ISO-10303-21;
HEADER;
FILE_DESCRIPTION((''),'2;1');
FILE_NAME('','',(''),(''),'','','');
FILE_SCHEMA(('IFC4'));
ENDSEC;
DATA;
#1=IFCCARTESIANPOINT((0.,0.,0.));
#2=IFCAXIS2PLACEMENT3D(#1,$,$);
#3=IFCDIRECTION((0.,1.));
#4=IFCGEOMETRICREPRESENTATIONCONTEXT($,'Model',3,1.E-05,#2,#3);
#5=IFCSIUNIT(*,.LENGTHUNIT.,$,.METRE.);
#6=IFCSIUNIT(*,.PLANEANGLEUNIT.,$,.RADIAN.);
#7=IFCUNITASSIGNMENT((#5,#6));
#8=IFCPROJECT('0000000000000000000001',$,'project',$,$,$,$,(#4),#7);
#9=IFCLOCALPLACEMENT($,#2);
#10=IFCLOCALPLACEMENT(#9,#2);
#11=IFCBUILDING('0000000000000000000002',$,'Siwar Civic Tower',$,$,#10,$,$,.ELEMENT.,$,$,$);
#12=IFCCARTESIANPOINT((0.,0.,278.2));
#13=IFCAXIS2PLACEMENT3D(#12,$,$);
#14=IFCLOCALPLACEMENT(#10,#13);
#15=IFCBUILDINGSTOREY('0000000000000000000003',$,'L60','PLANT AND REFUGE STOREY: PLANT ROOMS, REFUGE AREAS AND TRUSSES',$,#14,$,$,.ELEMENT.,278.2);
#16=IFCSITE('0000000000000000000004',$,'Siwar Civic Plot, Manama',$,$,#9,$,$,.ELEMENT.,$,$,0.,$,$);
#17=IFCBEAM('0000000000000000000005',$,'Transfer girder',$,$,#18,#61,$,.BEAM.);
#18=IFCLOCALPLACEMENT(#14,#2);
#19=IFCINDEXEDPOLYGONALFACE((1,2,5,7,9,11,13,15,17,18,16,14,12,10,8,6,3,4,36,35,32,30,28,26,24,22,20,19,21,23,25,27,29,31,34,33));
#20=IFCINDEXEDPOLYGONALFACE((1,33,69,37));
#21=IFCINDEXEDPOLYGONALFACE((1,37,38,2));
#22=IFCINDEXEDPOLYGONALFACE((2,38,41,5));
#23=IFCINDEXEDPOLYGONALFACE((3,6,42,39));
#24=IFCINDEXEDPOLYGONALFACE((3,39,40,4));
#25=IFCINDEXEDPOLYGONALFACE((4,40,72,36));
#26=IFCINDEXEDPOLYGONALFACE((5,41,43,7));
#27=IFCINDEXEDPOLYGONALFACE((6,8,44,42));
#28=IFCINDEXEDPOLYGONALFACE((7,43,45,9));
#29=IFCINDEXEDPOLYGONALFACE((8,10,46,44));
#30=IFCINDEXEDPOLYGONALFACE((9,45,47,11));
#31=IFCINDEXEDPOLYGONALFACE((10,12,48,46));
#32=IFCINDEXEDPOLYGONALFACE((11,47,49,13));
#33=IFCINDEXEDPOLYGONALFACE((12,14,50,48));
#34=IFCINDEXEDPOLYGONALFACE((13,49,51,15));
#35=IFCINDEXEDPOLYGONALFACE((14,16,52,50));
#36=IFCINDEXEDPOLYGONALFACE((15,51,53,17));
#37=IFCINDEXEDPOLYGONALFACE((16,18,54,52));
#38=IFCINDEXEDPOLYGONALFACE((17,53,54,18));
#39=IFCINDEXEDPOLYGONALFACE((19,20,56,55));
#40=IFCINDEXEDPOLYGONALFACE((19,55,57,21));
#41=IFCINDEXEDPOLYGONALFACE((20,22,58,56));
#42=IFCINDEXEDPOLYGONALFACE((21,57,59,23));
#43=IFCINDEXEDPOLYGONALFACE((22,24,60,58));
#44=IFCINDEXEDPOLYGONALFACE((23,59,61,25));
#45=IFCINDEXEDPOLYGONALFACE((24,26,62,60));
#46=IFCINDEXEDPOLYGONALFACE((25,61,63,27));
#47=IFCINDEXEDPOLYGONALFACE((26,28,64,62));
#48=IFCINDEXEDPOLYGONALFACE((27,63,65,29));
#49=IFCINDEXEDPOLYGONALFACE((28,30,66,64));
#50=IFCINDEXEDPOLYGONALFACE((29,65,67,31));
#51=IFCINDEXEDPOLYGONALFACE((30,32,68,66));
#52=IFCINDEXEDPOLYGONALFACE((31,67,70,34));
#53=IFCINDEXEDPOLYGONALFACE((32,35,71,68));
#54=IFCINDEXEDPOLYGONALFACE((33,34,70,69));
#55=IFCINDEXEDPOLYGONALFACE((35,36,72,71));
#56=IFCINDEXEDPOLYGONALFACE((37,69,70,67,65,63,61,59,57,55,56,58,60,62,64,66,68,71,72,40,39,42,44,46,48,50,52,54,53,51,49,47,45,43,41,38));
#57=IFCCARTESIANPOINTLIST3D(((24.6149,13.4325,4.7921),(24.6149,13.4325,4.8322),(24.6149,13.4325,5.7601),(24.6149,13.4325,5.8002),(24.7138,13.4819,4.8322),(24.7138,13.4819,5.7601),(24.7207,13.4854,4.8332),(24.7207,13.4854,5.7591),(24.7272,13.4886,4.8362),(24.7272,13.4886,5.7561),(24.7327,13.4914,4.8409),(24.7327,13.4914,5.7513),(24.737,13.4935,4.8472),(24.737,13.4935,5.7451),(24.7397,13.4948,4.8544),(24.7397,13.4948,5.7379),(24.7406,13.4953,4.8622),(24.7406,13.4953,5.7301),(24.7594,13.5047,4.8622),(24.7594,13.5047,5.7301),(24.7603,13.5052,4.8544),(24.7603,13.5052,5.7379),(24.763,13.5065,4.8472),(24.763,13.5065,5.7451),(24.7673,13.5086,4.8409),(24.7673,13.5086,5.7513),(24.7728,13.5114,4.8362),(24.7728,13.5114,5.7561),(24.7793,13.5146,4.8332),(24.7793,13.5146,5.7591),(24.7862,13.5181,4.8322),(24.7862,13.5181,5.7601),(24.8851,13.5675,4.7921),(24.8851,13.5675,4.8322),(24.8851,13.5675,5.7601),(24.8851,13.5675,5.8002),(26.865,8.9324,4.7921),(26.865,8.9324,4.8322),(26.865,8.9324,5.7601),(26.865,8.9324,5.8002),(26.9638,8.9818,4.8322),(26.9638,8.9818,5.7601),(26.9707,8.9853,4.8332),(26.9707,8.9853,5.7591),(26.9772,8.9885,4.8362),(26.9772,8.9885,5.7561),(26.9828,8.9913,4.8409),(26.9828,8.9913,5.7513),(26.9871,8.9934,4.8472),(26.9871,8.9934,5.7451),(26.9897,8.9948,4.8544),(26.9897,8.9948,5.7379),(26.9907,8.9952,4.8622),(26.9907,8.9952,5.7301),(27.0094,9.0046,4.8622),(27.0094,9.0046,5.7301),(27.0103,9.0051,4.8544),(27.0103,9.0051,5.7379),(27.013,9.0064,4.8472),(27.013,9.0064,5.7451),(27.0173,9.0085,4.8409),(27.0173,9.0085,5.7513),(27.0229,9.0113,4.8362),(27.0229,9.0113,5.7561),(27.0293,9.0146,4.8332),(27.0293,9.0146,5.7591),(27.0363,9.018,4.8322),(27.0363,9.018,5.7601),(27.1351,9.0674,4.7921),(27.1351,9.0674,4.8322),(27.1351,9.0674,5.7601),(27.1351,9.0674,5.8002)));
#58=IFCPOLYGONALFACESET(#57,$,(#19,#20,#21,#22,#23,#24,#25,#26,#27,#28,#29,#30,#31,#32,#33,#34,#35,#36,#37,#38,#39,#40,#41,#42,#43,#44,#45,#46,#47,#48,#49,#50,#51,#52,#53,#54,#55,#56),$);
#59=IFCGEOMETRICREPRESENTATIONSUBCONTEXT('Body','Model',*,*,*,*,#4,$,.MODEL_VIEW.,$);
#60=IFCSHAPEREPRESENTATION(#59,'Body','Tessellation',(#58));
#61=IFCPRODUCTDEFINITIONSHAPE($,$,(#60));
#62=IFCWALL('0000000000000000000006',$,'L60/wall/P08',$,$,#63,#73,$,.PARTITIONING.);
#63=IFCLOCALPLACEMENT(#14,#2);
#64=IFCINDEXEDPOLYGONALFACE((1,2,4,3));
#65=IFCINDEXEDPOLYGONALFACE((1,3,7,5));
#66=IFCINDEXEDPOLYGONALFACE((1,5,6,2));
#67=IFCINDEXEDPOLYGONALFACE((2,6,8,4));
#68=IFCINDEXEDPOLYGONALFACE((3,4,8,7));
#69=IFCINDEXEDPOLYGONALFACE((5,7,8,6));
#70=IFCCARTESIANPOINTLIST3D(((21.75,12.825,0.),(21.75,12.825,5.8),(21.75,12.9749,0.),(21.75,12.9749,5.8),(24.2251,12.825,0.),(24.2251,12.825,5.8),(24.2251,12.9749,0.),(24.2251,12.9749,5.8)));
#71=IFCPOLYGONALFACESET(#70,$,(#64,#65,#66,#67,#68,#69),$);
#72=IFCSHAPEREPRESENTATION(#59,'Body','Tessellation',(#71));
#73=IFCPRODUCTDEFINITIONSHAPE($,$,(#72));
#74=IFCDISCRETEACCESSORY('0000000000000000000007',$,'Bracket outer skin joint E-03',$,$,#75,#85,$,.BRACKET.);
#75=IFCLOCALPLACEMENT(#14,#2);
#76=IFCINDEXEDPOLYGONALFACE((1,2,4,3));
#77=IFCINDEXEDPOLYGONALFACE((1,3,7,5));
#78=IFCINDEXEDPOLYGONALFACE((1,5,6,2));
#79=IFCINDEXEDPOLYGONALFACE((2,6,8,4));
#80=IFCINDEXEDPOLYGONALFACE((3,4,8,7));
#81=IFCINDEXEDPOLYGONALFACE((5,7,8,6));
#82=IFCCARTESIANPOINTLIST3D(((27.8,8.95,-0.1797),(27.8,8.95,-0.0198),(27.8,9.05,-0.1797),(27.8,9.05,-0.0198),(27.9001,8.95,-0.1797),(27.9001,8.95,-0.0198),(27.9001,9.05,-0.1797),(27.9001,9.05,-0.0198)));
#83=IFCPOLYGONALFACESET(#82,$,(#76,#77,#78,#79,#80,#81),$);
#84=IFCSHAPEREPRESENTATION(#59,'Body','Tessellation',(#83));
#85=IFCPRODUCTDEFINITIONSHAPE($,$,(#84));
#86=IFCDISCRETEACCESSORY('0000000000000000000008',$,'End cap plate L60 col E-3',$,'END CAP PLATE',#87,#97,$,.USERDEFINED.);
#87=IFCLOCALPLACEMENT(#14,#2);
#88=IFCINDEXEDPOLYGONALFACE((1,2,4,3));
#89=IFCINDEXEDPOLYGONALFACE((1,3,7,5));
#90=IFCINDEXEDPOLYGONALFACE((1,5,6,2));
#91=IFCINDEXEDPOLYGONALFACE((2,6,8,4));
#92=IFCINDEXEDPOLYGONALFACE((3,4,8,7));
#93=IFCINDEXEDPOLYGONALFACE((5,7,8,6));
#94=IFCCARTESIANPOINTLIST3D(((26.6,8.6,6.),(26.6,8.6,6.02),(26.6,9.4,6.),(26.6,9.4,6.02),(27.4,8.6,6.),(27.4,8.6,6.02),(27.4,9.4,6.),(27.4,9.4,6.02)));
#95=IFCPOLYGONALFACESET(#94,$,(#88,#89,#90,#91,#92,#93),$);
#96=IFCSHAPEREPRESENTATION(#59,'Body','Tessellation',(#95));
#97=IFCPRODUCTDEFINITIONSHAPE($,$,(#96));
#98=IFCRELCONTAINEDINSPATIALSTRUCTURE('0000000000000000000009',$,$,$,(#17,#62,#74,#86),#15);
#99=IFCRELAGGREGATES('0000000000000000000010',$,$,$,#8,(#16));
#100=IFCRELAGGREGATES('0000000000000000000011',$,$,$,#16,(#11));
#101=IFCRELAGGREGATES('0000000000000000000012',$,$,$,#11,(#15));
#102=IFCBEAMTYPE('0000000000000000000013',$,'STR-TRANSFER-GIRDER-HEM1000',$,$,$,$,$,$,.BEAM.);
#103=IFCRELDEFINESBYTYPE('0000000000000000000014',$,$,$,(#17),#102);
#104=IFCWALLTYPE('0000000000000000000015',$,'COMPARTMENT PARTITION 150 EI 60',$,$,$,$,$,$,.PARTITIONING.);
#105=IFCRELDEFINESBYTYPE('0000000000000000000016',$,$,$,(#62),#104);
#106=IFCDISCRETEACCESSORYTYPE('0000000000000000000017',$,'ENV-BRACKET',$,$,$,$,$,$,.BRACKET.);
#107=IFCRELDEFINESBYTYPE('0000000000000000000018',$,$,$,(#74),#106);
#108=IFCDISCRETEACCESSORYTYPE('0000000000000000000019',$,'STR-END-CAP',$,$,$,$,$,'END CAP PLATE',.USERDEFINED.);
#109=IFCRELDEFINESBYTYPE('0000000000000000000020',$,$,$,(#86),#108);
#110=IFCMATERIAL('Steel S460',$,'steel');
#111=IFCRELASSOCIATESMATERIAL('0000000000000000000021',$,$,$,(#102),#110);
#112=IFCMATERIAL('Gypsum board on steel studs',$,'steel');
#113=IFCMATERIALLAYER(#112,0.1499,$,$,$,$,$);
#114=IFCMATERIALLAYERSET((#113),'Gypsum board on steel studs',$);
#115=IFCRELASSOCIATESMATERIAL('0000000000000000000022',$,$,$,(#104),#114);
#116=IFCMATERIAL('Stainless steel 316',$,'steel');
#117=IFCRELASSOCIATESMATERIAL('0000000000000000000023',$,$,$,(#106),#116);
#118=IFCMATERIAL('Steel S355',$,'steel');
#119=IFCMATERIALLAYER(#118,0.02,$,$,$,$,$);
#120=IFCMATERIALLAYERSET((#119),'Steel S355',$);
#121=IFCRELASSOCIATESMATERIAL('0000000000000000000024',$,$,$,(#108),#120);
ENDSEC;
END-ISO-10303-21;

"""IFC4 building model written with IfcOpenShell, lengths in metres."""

from ifc_helpers import new_model, si_unit, direction, frame, frame_2d, origin, origin_2d, place, context, subcontext, project, spatial, rectangle, i_section, extrude, material, layer, layer_set, material_profile, profile_set, type_object, element, save


model = new_model("IFC4")

# Units and contexts
model_context = context("Model", 3, precision=1e-05, world=origin(), true_north=direction((0.0, 1.0)))
body_context = subcontext(model_context, "Body", "Model", "MODEL_VIEW")
ifc_project = project(units=[si_unit("LENGTHUNIT", "METRE"), si_unit("PLANEANGLEUNIT", "RADIAN")], contexts=[model_context])

# Site, building, storey
site_placement = place(None, origin())
site = spatial("IfcSite", under=ifc_project, at=site_placement, Name="Siwar Civic Plot, Manama", CompositionType="ELEMENT", RefElevation=0.0)
building_placement = place(site_placement, origin())
building = spatial("IfcBuilding", under=site, at=building_placement, Name="Siwar Civic Tower", CompositionType="ELEMENT")
storey_placement = place(building_placement, frame((0.0, 0.0, 278.2)))
storey = spatial("IfcBuildingStorey", under=building, at=storey_placement, Name="L60", Description="PLANT AND REFUGE STOREY: PLANT ROOMS, REFUGE AREAS AND TRUSSES", CompositionType="ELEMENT", Elevation=278.2)

# Beam
ifc_material_1 = material(Name="Steel S460", Category="steel")
ifc_material_profile_1 = material_profile(ifc_material_1, i_section(OverallWidth=0.302, OverallDepth=1.0081, WebThickness=0.021, FlangeThickness=0.04, FilletRadius=0.03, at=origin_2d()), Name="HEM1000")
ifc_profile_set_1 = profile_set([ifc_material_profile_1], Name="Steel S460")
beam_type_1 = type_object("IfcBeamType", Name="STR-TRANSFER-GIRDER-HEM1000", PredefinedType="BEAM", material=ifc_profile_set_1)
beam_1_placement = place(storey_placement, frame((24.75, 13.5, 5.2961), z_axis=(0.447214, -0.894427, 0.0), x_axis=(0.894427, 0.447214, 0.0)))
element("IfcBeam", 1, at=beam_1_placement, inside=storey, type_object=beam_type_1, Name="Transfer girder", PredefinedType="BEAM", context=body_context, shape_type="SweptSolid", body=[
    extrude(i_section(OverallWidth=0.302, OverallDepth=1.0081, WebThickness=0.021, FlangeThickness=0.04, FilletRadius=0.03, at=origin_2d()), origin(), (0.0, 0.0, 1.0), 5.0312),
])

# Wall
ifc_material_2 = material(Name="Gypsum board on steel studs", Category="steel")
ifc_layer_1 = layer(ifc_material_2, 0.1499)
ifc_layer_set_1 = layer_set([ifc_layer_1], Name="Gypsum board on steel studs")
wall_type = type_object("IfcWallType", Name="COMPARTMENT PARTITION 150 EI 60", PredefinedType="PARTITIONING", material=ifc_layer_set_1)
wall_placement = place(storey_placement, frame((21.75, 12.8999, 0.0), z_axis=(0.0, 0.0, 1.0), x_axis=(1.0, 0.0, 0.0)))
element("IfcWall", 2, at=wall_placement, inside=storey, type_object=wall_type, Name="L60/wall/P08", PredefinedType="PARTITIONING", context=body_context, shape_type="SweptSolid", body=[
    extrude(rectangle(XDim=2.4751, YDim=0.1499, at=frame_2d((1.2375, 0.0))), origin(), (0.0, 0.0, 1.0), 5.8),
])

# Discrete accessories
ifc_material_3 = material(Name="Stainless steel 316", Category="steel")
discrete_accessory_type_1 = type_object("IfcDiscreteAccessoryType", Name="ENV-BRACKET", PredefinedType="BRACKET", material=ifc_material_3)
discrete_accessory_1_placement = place(storey_placement, frame((27.8501, 9.0, -0.1797), z_axis=(0.0, 0.0, 1.0), x_axis=(1.0, 0.0, 0.0)))
element("IfcDiscreteAccessory", 3, at=discrete_accessory_1_placement, inside=storey, type_object=discrete_accessory_type_1, Name="Bracket outer skin joint E-03", PredefinedType="BRACKET", context=body_context, shape_type="SweptSolid", body=[
    extrude(rectangle(XDim=0.1001, YDim=0.1001, at=origin_2d()), origin(), (0.0, 0.0, 1.0), 0.1599),
])
ifc_material_4 = material(Name="Steel S355", Category="steel")
ifc_layer_2 = layer(ifc_material_4, 0.02)
ifc_layer_set_2 = layer_set([ifc_layer_2], Name="Steel S355")
discrete_accessory_type_2 = type_object("IfcDiscreteAccessoryType", Name="STR-END-CAP", ElementType="END CAP PLATE", PredefinedType="USERDEFINED", material=ifc_layer_set_2)
discrete_accessory_2_placement = place(storey_placement, frame((27.0, 9.0, 6.0), z_axis=(0.0, 0.0, 1.0), x_axis=(1.0, 0.0, 0.0)))
element("IfcDiscreteAccessory", 4, at=discrete_accessory_2_placement, inside=storey, type_object=discrete_accessory_type_2, Name="End cap plate L60 col E-3", ObjectType="END CAP PLATE", PredefinedType="USERDEFINED", context=body_context, shape_type="SweptSolid", body=[
    extrude(rectangle(XDim=0.8, YDim=0.8, at=origin_2d()), origin(), (0.0, 0.0, 1.0), 0.02),
])

save(model, "model.ifc")
